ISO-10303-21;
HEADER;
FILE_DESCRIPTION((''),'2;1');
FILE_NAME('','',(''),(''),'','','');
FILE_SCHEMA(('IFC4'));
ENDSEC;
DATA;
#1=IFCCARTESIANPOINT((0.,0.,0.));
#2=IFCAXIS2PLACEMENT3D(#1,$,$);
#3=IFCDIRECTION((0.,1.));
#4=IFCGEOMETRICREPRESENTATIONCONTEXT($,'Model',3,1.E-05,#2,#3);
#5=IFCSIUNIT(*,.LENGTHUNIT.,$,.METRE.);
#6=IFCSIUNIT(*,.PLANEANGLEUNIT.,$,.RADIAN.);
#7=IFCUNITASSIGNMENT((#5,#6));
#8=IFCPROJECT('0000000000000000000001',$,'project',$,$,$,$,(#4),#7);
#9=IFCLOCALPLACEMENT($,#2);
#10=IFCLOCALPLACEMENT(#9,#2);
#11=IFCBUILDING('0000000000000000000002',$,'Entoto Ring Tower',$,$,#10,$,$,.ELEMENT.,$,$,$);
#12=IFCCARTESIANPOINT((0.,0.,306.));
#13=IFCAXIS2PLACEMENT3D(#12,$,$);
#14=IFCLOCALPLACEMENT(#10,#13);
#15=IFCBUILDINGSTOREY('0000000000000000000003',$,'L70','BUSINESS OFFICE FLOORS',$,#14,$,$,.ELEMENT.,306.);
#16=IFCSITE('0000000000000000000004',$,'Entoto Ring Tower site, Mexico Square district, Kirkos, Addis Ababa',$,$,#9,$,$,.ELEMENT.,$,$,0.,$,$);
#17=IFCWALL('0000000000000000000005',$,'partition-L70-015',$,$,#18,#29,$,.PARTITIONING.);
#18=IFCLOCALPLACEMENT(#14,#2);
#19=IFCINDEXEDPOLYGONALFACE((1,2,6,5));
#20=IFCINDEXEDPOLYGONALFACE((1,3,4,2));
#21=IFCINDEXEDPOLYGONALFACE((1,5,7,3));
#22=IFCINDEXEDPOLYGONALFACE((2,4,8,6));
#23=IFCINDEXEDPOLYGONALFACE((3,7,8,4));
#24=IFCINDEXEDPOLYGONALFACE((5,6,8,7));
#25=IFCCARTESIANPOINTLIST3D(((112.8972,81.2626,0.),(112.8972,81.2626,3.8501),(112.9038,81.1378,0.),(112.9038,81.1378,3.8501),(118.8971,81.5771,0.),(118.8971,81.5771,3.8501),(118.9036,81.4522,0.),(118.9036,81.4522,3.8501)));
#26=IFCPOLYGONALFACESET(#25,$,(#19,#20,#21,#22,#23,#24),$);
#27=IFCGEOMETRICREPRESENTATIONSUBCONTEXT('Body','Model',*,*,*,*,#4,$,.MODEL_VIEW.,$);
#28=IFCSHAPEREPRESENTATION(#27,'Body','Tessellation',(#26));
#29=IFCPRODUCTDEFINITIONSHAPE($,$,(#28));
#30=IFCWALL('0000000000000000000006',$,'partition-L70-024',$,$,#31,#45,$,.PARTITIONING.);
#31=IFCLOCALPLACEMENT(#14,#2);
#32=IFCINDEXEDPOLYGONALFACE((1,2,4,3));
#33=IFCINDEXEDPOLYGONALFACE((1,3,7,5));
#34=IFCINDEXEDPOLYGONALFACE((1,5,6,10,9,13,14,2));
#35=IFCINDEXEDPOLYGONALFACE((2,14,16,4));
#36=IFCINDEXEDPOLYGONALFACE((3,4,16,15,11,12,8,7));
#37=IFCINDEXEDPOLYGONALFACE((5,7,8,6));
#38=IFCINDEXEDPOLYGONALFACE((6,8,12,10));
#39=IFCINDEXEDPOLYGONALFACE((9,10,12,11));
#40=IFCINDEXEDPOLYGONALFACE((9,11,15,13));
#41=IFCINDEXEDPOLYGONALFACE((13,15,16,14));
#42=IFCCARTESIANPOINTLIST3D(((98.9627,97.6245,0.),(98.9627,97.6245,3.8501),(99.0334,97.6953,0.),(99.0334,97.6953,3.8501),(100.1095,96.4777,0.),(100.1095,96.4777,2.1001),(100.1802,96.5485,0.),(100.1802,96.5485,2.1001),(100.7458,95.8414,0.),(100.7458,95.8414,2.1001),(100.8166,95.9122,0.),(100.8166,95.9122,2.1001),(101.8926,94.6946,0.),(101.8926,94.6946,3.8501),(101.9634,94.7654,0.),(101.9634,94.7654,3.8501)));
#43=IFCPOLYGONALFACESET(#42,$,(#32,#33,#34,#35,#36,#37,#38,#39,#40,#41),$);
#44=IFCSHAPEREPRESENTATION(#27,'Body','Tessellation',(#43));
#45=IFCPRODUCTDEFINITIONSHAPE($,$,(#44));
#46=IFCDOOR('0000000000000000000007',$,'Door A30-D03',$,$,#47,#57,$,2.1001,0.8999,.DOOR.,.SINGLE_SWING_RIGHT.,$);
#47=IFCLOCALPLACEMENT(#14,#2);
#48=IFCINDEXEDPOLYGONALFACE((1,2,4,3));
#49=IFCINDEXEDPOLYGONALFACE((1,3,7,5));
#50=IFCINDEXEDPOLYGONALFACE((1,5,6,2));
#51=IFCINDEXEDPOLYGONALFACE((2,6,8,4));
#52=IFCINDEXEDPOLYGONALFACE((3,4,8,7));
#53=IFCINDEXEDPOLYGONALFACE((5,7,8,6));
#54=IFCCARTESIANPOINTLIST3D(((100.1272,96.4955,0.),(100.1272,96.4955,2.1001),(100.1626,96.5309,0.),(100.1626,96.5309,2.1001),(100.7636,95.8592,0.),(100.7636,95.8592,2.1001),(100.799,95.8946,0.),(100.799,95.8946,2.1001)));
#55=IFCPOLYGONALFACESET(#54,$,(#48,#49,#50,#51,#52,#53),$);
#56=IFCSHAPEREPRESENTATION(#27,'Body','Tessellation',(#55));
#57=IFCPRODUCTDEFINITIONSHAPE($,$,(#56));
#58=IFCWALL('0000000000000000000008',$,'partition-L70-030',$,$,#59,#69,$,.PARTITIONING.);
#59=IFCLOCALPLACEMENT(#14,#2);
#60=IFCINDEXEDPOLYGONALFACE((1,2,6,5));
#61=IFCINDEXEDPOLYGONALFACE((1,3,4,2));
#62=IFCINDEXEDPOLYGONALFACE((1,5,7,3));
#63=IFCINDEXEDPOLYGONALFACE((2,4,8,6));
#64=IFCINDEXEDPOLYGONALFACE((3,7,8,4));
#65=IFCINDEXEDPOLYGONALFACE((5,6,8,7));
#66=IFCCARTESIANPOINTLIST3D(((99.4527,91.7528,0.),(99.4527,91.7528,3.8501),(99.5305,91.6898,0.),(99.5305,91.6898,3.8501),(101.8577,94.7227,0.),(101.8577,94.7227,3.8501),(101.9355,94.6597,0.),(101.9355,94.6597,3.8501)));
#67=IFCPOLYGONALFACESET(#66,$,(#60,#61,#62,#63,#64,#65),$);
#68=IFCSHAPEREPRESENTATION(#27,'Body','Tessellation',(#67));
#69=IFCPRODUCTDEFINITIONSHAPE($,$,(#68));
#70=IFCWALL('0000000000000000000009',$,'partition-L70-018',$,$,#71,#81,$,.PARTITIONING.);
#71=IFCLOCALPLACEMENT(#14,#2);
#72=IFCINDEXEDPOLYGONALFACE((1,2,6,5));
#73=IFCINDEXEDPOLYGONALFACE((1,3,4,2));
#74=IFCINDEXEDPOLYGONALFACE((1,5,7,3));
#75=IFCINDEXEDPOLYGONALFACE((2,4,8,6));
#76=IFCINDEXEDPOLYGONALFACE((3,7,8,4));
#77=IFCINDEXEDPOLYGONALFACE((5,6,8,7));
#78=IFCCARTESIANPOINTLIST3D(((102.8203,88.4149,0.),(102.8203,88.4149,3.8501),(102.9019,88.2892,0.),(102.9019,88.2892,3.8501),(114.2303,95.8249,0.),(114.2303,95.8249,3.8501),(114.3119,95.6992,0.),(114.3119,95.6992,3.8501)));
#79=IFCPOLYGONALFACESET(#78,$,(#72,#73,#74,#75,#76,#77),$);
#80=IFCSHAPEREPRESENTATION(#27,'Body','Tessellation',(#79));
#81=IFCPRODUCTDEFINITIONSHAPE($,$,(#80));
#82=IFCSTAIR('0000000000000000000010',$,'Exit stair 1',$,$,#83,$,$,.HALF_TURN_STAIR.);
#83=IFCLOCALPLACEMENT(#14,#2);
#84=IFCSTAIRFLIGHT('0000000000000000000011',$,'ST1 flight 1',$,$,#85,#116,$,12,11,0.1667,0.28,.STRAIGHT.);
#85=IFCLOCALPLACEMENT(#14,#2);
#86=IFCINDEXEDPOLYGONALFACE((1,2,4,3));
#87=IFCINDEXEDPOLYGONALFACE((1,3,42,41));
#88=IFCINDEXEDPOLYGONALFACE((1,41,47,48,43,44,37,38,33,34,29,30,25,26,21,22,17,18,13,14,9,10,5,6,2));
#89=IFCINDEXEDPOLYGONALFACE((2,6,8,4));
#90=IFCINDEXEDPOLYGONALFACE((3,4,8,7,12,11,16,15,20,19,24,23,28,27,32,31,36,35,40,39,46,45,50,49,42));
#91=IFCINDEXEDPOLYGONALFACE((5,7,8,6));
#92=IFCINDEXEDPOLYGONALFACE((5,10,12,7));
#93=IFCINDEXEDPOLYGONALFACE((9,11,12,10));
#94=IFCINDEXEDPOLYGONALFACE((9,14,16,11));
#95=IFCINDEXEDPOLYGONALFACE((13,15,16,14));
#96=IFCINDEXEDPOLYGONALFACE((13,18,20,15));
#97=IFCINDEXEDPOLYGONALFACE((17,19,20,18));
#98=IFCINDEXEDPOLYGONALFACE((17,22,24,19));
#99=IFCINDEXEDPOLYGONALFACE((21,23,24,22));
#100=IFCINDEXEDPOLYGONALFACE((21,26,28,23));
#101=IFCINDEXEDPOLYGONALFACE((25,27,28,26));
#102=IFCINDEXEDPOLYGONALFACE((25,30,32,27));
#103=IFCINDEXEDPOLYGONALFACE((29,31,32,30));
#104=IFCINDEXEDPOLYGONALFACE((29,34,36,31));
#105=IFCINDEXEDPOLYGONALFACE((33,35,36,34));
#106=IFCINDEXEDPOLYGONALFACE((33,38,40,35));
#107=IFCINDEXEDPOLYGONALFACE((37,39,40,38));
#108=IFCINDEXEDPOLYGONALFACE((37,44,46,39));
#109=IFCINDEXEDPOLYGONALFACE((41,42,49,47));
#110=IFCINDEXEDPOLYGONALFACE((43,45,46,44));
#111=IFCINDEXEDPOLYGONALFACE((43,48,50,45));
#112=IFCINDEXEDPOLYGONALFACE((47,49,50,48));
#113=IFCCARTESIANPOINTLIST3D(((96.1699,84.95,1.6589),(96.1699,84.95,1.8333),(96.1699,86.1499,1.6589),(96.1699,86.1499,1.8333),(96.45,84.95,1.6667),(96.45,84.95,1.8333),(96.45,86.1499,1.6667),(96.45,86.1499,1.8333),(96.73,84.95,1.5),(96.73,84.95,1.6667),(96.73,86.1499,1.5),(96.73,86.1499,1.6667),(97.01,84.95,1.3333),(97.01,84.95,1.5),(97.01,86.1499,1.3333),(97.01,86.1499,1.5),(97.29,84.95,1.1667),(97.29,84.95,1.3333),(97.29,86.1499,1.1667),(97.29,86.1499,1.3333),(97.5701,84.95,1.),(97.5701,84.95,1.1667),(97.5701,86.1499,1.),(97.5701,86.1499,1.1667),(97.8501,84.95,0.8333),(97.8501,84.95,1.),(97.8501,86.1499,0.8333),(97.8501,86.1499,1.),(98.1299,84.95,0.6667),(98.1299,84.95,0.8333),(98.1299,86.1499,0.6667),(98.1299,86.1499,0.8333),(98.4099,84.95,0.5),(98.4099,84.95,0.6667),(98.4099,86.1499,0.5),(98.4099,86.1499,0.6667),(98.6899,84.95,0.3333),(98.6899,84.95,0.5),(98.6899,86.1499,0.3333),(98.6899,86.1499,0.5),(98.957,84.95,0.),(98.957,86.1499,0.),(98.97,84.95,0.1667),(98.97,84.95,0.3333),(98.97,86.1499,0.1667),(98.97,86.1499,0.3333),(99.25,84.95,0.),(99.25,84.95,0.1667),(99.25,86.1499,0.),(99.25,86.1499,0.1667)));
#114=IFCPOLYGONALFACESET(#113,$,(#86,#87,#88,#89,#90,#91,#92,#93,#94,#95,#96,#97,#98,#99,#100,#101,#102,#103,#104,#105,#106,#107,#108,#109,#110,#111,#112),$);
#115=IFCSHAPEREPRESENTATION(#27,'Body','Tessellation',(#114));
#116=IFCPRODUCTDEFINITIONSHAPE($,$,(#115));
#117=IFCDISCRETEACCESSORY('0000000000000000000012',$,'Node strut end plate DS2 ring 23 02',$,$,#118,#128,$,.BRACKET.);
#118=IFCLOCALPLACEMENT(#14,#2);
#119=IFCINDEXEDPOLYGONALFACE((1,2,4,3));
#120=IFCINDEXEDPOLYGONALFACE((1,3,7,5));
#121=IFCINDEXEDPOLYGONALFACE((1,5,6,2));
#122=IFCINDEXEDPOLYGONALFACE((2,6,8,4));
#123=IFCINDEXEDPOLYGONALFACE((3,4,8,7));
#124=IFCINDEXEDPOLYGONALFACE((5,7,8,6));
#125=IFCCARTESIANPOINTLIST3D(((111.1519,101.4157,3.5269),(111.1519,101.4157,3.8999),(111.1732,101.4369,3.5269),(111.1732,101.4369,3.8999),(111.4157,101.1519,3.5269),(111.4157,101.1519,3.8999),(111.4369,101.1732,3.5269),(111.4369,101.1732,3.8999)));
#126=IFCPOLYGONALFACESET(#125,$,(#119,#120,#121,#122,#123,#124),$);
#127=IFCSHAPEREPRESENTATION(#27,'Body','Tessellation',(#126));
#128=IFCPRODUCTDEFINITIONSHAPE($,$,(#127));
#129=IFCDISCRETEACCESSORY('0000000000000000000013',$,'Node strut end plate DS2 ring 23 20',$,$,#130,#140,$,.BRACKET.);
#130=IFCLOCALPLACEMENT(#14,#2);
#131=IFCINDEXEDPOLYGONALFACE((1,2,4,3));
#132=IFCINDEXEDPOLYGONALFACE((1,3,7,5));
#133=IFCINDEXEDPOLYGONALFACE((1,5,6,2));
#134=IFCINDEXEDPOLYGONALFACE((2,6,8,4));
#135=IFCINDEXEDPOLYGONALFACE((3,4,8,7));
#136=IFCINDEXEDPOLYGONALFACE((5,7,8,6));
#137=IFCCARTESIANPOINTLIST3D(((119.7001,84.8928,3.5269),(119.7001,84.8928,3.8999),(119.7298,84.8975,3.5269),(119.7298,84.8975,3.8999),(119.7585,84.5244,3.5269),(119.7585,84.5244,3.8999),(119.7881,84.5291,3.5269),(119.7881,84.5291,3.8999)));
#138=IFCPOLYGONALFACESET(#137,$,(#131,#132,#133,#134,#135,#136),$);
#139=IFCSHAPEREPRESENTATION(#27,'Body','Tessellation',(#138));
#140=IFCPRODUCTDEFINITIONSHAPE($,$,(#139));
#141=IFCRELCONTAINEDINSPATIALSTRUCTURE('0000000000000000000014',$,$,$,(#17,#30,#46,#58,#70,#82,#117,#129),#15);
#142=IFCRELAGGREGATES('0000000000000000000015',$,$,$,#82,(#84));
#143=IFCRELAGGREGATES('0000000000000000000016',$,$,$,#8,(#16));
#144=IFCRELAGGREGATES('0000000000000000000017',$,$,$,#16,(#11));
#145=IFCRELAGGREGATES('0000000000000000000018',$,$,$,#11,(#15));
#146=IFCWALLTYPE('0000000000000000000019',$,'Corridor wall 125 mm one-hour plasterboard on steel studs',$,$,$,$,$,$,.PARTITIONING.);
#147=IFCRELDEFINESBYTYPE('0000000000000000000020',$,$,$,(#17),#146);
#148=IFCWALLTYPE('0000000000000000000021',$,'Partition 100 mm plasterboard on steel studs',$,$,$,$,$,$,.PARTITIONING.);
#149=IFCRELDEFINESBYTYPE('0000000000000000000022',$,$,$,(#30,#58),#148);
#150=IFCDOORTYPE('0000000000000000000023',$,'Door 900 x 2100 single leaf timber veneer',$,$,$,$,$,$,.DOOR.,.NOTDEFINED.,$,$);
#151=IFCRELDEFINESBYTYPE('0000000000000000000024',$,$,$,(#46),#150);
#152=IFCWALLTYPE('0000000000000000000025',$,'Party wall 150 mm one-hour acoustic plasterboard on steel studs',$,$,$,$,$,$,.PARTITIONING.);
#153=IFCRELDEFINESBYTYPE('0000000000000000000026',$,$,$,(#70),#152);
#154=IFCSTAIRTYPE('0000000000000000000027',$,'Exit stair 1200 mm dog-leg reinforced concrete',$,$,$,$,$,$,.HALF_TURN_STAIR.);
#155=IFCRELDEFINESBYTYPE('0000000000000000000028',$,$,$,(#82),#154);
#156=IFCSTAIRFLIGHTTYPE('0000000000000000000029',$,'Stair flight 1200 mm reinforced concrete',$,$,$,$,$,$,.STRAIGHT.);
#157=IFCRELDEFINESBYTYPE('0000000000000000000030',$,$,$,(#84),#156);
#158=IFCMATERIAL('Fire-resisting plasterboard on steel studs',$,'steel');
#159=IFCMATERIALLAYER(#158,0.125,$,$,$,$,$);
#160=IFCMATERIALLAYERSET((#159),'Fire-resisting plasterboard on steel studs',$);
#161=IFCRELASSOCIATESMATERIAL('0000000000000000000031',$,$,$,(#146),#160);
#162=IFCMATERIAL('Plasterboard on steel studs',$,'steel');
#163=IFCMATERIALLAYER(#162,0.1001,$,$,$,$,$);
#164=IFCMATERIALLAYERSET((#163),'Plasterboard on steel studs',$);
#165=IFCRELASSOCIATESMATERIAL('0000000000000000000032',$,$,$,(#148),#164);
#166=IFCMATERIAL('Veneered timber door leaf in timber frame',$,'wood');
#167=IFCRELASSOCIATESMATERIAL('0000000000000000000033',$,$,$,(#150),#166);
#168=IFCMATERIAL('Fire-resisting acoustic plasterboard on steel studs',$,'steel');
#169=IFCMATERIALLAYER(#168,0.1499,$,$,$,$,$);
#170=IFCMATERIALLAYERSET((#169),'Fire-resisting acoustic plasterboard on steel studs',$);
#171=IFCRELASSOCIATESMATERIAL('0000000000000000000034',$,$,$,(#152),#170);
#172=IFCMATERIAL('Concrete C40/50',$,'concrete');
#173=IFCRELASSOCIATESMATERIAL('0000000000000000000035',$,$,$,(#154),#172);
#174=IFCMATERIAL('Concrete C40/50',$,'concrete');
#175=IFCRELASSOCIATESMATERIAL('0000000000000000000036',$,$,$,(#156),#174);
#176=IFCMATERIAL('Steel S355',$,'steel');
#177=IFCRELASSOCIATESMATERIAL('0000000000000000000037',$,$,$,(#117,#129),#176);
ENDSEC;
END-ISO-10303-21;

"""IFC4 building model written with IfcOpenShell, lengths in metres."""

from ifc_helpers import new_model, si_unit, direction, frame, frame_2d, origin, origin_2d, place, context, subcontext, project, spatial, polyline, rectangle, outline, extrude, material, layer, layer_set, type_object, element, fill, aggregate, save


model = new_model("IFC4")

# Units and contexts
model_context = context("Model", 3, precision=1e-05, world=origin(), true_north=direction((0.0, 1.0)))
body_context = subcontext(model_context, "Body", "Model", "MODEL_VIEW")
ifc_project = project(units=[si_unit("LENGTHUNIT", "METRE"), si_unit("PLANEANGLEUNIT", "RADIAN")], contexts=[model_context])

# Site, building, storey
site_placement = place(None, origin())
site = spatial("IfcSite", under=ifc_project, at=site_placement, Name="Entoto Ring Tower site, Mexico Square district, Kirkos, Addis Ababa", CompositionType="ELEMENT", RefElevation=0.0)
building_placement = place(site_placement, origin())
building = spatial("IfcBuilding", under=site, at=building_placement, Name="Entoto Ring Tower", CompositionType="ELEMENT")
storey_placement = place(building_placement, frame((0.0, 0.0, 306.0)))
storey = spatial("IfcBuildingStorey", under=building, at=storey_placement, Name="L70", Description="BUSINESS OFFICE FLOORS", CompositionType="ELEMENT", Elevation=306.0)

# Shared definitions
ifc_material_1 = material(Name="Fire-resisting plasterboard on steel studs", Category="steel")
ifc_layer_1 = layer(ifc_material_1, 0.125)
ifc_layer_set_1 = layer_set([ifc_layer_1], Name="Fire-resisting plasterboard on steel studs")
wall_type_1 = type_object("IfcWallType", Name="Corridor wall 125 mm one-hour plasterboard on steel studs", PredefinedType="PARTITIONING", material=ifc_layer_set_1)

# Wall
wall_1_placement = place(storey_placement, frame((112.9006, 81.2002, 0.0), z_axis=(0.0, 0.0, 1.0), x_axis=(0.998629, 0.052339, 0.0)))
element("IfcWall", 1, at=wall_1_placement, inside=storey, type_object=wall_type_1, Name="partition-L70-015", PredefinedType="PARTITIONING", context=body_context, shape_type="SweptSolid", body=[
    extrude(rectangle(XDim=6.0081, YDim=0.125, at=frame_2d((3.0039, 0.0))), origin(), (0.0, 0.0, 1.0), 3.8501),
])

# Wall, opening, door
ifc_material_2 = material(Name="Plasterboard on steel studs", Category="steel")
ifc_layer_2 = layer(ifc_material_2, 0.1001)
ifc_layer_set_2 = layer_set([ifc_layer_2], Name="Plasterboard on steel studs")
wall_type_2 = type_object("IfcWallType", Name="Partition 100 mm plasterboard on steel studs", PredefinedType="PARTITIONING", material=ifc_layer_set_2)
wall_2_placement = place(storey_placement, frame((101.928, 94.73, 0.0), z_axis=(0.0, 0.0, 1.0), x_axis=(-0.707107, 0.707107, 0.0)))
wall_2 = element("IfcWall", 2, at=wall_2_placement, inside=storey, type_object=wall_type_2, Name="partition-L70-024", PredefinedType="PARTITIONING", context=body_context, shape_type="SweptSolid", body=[
    extrude(rectangle(XDim=4.1436, YDim=0.1001, at=frame_2d((2.0718, 0.0))), origin(), (0.0, 0.0, 1.0), 3.8501),
])
opening_1_placement = place(wall_2_placement, frame((1.6218, 0.0, 0.0)))
opening_1 = element("IfcOpeningElement", 3, at=opening_1_placement, cuts=wall_2, PredefinedType="OPENING", context=body_context, shape_type="SweptSolid", body=[
    extrude(rectangle(XDim=0.8999, YDim=2.1001, at=frame_2d((0.45, 1.05))), frame((0.0, 0.0601, 0.0), z_axis=(0.0, -1.0, 0.0), x_axis=(1.0, 0.0, 0.0)), (0.0, 0.0, 1.0), 0.1201),
])
ifc_material_3 = material(Name="Veneered timber door leaf in timber frame", Category="wood")
door_type_1 = type_object("IfcDoorType", Name="Door 900 x 2100 single leaf timber veneer", OperationType="NOTDEFINED", PredefinedType="DOOR", material=ifc_material_3)
door_1_placement = place(opening_1_placement, origin())
door_1 = element("IfcDoor", 4, at=door_1_placement, inside=storey, type_object=door_type_1, Name="Door A30-D03", OperationType="SINGLE_SWING_RIGHT", OverallHeight=2.1001, OverallWidth=0.8999, PredefinedType="DOOR", context=body_context, shape_type="SweptSolid", body=[
    extrude(rectangle(XDim=0.8999, YDim=2.1001, at=frame_2d((0.45, 1.05))), frame((0.0, 0.0249, 0.0), z_axis=(0.0, -1.0, 0.0), x_axis=(1.0, 0.0, 0.0)), (0.0, 0.0, 1.0), 0.05),
])
fill(opening_1, door_1)

# Walls
wall_3_placement = place(storey_placement, frame((99.4917, 91.7214, 0.0), z_axis=(0.0, 0.0, 1.0), x_axis=(0.62932, 0.777147, 0.0)))
element("IfcWall", 5, at=wall_3_placement, inside=storey, type_object=wall_type_2, Name="partition-L70-030", PredefinedType="PARTITIONING", context=body_context, shape_type="SweptSolid", body=[
    extrude(rectangle(XDim=3.8215, YDim=0.1001, at=frame_2d((1.9106, 0.0))), origin(), (0.0, 0.0, 1.0), 3.8501),
])
ifc_material_4 = material(Name="Fire-resisting acoustic plasterboard on steel studs", Category="steel")
ifc_layer_3 = layer(ifc_material_4, 0.1499)
ifc_layer_set_3 = layer_set([ifc_layer_3], Name="Fire-resisting acoustic plasterboard on steel studs")
wall_type_3 = type_object("IfcWallType", Name="Party wall 150 mm one-hour acoustic plasterboard on steel studs", PredefinedType="PARTITIONING", material=ifc_layer_set_3)
wall_4_placement = place(storey_placement, frame((102.8611, 88.3521, 0.0), z_axis=(0.0, 0.0, 1.0), x_axis=(0.838663, 0.544651, 0.0)))
element("IfcWall", 6, at=wall_4_placement, inside=storey, type_object=wall_type_3, Name="partition-L70-018", PredefinedType="PARTITIONING", context=body_context, shape_type="SweptSolid", body=[
    extrude(rectangle(XDim=13.605, YDim=0.1499, at=frame_2d((6.8025, 0.0))), origin(), (0.0, 0.0, 1.0), 3.8501),
])

# Stair, stair flight
ifc_material_5 = material(Name="Concrete C40/50", Category="concrete")
stair_type = type_object("IfcStairType", Name="Exit stair 1200 mm dog-leg reinforced concrete", PredefinedType="HALF_TURN_STAIR", material=ifc_material_5)
stair_placement = place(storey_placement, origin())
stair = element("IfcStair", 7, at=stair_placement, inside=storey, type_object=stair_type, Name="Exit stair 1", PredefinedType="HALF_TURN_STAIR")
ifc_material_6 = material(Name="Concrete C40/50", Category="concrete")
stair_flight_type = type_object("IfcStairFlightType", Name="Stair flight 1200 mm reinforced concrete", PredefinedType="STRAIGHT", material=ifc_material_6)
stair_flight_placement = place(storey_placement, frame((99.25, 85.55, 0.0), z_axis=(0.0, 0.0, 1.0), x_axis=(-1.0, 0.0, 0.0)))
stair_flight = element("IfcStairFlight", 8, at=stair_flight_placement, type_object=stair_flight_type, Name="ST1 flight 1", NumberOfRisers=12, NumberOfTreads=11, PredefinedType="STRAIGHT", RiserHeight=0.1667, TreadLength=0.28, context=body_context, shape_type="SweptSolid", body=[
    extrude(outline(polyline([(0.0, 0.0), (0.0, 0.1667), (0.28, 0.1667), (0.28, 0.3333), (0.5601, 0.3333), (0.5601, 0.5), (0.8401, 0.5), (0.8401, 0.6667), (1.1201, 0.6667), (1.1201, 0.8333), (1.3999, 0.8333), (1.3999, 1.0), (1.6799, 1.0), (1.6799, 1.1667), (1.96, 1.1667), (1.96, 1.3333), (2.24, 1.3333), (2.24, 1.5), (2.52, 1.5), (2.52, 1.6667), (2.8, 1.6667), (2.8, 1.8333), (3.0801, 1.8333), (3.0801, 2.0), (3.0801, 1.6589), (0.293, 0.0), (0.0, 0.0)])), frame((0.0, 0.6001, 0.0), z_axis=(0.0, -1.0, 0.0), x_axis=(1.0, 0.0, 0.0)), (0.0, 0.0, 1.0), 1.2),
])
aggregate(stair, [stair_flight])

# Discrete accessories
ifc_material_7 = material(Name="Steel S355", Category="steel")
for number, where, z_axis, x_axis, name in (
    (9, (111.2944, 101.2944, 3.5269), (0.0, 0.0, 1.0), (0.707107, 0.707107, 0.0), "Node strut end plate DS2 ring 23 02"),
    (10, (119.7441, 84.7109, 3.5269), (0.0, 0.0, 1.0), (0.987688, 0.156434, 0.0), "Node strut end plate DS2 ring 23 20"),
):
    element("IfcDiscreteAccessory", number, at=place(storey_placement, frame(where, z_axis=z_axis, x_axis=x_axis)), inside=storey, material=ifc_material_7, Name=name, PredefinedType="BRACKET", context=body_context, shape_type="SweptSolid", body=[
        extrude(rectangle(XDim=0.03, YDim=0.373, at=origin_2d()), origin(), (0.0, 0.0, 1.0), 0.373),
    ])

save(model, "model.ifc")
